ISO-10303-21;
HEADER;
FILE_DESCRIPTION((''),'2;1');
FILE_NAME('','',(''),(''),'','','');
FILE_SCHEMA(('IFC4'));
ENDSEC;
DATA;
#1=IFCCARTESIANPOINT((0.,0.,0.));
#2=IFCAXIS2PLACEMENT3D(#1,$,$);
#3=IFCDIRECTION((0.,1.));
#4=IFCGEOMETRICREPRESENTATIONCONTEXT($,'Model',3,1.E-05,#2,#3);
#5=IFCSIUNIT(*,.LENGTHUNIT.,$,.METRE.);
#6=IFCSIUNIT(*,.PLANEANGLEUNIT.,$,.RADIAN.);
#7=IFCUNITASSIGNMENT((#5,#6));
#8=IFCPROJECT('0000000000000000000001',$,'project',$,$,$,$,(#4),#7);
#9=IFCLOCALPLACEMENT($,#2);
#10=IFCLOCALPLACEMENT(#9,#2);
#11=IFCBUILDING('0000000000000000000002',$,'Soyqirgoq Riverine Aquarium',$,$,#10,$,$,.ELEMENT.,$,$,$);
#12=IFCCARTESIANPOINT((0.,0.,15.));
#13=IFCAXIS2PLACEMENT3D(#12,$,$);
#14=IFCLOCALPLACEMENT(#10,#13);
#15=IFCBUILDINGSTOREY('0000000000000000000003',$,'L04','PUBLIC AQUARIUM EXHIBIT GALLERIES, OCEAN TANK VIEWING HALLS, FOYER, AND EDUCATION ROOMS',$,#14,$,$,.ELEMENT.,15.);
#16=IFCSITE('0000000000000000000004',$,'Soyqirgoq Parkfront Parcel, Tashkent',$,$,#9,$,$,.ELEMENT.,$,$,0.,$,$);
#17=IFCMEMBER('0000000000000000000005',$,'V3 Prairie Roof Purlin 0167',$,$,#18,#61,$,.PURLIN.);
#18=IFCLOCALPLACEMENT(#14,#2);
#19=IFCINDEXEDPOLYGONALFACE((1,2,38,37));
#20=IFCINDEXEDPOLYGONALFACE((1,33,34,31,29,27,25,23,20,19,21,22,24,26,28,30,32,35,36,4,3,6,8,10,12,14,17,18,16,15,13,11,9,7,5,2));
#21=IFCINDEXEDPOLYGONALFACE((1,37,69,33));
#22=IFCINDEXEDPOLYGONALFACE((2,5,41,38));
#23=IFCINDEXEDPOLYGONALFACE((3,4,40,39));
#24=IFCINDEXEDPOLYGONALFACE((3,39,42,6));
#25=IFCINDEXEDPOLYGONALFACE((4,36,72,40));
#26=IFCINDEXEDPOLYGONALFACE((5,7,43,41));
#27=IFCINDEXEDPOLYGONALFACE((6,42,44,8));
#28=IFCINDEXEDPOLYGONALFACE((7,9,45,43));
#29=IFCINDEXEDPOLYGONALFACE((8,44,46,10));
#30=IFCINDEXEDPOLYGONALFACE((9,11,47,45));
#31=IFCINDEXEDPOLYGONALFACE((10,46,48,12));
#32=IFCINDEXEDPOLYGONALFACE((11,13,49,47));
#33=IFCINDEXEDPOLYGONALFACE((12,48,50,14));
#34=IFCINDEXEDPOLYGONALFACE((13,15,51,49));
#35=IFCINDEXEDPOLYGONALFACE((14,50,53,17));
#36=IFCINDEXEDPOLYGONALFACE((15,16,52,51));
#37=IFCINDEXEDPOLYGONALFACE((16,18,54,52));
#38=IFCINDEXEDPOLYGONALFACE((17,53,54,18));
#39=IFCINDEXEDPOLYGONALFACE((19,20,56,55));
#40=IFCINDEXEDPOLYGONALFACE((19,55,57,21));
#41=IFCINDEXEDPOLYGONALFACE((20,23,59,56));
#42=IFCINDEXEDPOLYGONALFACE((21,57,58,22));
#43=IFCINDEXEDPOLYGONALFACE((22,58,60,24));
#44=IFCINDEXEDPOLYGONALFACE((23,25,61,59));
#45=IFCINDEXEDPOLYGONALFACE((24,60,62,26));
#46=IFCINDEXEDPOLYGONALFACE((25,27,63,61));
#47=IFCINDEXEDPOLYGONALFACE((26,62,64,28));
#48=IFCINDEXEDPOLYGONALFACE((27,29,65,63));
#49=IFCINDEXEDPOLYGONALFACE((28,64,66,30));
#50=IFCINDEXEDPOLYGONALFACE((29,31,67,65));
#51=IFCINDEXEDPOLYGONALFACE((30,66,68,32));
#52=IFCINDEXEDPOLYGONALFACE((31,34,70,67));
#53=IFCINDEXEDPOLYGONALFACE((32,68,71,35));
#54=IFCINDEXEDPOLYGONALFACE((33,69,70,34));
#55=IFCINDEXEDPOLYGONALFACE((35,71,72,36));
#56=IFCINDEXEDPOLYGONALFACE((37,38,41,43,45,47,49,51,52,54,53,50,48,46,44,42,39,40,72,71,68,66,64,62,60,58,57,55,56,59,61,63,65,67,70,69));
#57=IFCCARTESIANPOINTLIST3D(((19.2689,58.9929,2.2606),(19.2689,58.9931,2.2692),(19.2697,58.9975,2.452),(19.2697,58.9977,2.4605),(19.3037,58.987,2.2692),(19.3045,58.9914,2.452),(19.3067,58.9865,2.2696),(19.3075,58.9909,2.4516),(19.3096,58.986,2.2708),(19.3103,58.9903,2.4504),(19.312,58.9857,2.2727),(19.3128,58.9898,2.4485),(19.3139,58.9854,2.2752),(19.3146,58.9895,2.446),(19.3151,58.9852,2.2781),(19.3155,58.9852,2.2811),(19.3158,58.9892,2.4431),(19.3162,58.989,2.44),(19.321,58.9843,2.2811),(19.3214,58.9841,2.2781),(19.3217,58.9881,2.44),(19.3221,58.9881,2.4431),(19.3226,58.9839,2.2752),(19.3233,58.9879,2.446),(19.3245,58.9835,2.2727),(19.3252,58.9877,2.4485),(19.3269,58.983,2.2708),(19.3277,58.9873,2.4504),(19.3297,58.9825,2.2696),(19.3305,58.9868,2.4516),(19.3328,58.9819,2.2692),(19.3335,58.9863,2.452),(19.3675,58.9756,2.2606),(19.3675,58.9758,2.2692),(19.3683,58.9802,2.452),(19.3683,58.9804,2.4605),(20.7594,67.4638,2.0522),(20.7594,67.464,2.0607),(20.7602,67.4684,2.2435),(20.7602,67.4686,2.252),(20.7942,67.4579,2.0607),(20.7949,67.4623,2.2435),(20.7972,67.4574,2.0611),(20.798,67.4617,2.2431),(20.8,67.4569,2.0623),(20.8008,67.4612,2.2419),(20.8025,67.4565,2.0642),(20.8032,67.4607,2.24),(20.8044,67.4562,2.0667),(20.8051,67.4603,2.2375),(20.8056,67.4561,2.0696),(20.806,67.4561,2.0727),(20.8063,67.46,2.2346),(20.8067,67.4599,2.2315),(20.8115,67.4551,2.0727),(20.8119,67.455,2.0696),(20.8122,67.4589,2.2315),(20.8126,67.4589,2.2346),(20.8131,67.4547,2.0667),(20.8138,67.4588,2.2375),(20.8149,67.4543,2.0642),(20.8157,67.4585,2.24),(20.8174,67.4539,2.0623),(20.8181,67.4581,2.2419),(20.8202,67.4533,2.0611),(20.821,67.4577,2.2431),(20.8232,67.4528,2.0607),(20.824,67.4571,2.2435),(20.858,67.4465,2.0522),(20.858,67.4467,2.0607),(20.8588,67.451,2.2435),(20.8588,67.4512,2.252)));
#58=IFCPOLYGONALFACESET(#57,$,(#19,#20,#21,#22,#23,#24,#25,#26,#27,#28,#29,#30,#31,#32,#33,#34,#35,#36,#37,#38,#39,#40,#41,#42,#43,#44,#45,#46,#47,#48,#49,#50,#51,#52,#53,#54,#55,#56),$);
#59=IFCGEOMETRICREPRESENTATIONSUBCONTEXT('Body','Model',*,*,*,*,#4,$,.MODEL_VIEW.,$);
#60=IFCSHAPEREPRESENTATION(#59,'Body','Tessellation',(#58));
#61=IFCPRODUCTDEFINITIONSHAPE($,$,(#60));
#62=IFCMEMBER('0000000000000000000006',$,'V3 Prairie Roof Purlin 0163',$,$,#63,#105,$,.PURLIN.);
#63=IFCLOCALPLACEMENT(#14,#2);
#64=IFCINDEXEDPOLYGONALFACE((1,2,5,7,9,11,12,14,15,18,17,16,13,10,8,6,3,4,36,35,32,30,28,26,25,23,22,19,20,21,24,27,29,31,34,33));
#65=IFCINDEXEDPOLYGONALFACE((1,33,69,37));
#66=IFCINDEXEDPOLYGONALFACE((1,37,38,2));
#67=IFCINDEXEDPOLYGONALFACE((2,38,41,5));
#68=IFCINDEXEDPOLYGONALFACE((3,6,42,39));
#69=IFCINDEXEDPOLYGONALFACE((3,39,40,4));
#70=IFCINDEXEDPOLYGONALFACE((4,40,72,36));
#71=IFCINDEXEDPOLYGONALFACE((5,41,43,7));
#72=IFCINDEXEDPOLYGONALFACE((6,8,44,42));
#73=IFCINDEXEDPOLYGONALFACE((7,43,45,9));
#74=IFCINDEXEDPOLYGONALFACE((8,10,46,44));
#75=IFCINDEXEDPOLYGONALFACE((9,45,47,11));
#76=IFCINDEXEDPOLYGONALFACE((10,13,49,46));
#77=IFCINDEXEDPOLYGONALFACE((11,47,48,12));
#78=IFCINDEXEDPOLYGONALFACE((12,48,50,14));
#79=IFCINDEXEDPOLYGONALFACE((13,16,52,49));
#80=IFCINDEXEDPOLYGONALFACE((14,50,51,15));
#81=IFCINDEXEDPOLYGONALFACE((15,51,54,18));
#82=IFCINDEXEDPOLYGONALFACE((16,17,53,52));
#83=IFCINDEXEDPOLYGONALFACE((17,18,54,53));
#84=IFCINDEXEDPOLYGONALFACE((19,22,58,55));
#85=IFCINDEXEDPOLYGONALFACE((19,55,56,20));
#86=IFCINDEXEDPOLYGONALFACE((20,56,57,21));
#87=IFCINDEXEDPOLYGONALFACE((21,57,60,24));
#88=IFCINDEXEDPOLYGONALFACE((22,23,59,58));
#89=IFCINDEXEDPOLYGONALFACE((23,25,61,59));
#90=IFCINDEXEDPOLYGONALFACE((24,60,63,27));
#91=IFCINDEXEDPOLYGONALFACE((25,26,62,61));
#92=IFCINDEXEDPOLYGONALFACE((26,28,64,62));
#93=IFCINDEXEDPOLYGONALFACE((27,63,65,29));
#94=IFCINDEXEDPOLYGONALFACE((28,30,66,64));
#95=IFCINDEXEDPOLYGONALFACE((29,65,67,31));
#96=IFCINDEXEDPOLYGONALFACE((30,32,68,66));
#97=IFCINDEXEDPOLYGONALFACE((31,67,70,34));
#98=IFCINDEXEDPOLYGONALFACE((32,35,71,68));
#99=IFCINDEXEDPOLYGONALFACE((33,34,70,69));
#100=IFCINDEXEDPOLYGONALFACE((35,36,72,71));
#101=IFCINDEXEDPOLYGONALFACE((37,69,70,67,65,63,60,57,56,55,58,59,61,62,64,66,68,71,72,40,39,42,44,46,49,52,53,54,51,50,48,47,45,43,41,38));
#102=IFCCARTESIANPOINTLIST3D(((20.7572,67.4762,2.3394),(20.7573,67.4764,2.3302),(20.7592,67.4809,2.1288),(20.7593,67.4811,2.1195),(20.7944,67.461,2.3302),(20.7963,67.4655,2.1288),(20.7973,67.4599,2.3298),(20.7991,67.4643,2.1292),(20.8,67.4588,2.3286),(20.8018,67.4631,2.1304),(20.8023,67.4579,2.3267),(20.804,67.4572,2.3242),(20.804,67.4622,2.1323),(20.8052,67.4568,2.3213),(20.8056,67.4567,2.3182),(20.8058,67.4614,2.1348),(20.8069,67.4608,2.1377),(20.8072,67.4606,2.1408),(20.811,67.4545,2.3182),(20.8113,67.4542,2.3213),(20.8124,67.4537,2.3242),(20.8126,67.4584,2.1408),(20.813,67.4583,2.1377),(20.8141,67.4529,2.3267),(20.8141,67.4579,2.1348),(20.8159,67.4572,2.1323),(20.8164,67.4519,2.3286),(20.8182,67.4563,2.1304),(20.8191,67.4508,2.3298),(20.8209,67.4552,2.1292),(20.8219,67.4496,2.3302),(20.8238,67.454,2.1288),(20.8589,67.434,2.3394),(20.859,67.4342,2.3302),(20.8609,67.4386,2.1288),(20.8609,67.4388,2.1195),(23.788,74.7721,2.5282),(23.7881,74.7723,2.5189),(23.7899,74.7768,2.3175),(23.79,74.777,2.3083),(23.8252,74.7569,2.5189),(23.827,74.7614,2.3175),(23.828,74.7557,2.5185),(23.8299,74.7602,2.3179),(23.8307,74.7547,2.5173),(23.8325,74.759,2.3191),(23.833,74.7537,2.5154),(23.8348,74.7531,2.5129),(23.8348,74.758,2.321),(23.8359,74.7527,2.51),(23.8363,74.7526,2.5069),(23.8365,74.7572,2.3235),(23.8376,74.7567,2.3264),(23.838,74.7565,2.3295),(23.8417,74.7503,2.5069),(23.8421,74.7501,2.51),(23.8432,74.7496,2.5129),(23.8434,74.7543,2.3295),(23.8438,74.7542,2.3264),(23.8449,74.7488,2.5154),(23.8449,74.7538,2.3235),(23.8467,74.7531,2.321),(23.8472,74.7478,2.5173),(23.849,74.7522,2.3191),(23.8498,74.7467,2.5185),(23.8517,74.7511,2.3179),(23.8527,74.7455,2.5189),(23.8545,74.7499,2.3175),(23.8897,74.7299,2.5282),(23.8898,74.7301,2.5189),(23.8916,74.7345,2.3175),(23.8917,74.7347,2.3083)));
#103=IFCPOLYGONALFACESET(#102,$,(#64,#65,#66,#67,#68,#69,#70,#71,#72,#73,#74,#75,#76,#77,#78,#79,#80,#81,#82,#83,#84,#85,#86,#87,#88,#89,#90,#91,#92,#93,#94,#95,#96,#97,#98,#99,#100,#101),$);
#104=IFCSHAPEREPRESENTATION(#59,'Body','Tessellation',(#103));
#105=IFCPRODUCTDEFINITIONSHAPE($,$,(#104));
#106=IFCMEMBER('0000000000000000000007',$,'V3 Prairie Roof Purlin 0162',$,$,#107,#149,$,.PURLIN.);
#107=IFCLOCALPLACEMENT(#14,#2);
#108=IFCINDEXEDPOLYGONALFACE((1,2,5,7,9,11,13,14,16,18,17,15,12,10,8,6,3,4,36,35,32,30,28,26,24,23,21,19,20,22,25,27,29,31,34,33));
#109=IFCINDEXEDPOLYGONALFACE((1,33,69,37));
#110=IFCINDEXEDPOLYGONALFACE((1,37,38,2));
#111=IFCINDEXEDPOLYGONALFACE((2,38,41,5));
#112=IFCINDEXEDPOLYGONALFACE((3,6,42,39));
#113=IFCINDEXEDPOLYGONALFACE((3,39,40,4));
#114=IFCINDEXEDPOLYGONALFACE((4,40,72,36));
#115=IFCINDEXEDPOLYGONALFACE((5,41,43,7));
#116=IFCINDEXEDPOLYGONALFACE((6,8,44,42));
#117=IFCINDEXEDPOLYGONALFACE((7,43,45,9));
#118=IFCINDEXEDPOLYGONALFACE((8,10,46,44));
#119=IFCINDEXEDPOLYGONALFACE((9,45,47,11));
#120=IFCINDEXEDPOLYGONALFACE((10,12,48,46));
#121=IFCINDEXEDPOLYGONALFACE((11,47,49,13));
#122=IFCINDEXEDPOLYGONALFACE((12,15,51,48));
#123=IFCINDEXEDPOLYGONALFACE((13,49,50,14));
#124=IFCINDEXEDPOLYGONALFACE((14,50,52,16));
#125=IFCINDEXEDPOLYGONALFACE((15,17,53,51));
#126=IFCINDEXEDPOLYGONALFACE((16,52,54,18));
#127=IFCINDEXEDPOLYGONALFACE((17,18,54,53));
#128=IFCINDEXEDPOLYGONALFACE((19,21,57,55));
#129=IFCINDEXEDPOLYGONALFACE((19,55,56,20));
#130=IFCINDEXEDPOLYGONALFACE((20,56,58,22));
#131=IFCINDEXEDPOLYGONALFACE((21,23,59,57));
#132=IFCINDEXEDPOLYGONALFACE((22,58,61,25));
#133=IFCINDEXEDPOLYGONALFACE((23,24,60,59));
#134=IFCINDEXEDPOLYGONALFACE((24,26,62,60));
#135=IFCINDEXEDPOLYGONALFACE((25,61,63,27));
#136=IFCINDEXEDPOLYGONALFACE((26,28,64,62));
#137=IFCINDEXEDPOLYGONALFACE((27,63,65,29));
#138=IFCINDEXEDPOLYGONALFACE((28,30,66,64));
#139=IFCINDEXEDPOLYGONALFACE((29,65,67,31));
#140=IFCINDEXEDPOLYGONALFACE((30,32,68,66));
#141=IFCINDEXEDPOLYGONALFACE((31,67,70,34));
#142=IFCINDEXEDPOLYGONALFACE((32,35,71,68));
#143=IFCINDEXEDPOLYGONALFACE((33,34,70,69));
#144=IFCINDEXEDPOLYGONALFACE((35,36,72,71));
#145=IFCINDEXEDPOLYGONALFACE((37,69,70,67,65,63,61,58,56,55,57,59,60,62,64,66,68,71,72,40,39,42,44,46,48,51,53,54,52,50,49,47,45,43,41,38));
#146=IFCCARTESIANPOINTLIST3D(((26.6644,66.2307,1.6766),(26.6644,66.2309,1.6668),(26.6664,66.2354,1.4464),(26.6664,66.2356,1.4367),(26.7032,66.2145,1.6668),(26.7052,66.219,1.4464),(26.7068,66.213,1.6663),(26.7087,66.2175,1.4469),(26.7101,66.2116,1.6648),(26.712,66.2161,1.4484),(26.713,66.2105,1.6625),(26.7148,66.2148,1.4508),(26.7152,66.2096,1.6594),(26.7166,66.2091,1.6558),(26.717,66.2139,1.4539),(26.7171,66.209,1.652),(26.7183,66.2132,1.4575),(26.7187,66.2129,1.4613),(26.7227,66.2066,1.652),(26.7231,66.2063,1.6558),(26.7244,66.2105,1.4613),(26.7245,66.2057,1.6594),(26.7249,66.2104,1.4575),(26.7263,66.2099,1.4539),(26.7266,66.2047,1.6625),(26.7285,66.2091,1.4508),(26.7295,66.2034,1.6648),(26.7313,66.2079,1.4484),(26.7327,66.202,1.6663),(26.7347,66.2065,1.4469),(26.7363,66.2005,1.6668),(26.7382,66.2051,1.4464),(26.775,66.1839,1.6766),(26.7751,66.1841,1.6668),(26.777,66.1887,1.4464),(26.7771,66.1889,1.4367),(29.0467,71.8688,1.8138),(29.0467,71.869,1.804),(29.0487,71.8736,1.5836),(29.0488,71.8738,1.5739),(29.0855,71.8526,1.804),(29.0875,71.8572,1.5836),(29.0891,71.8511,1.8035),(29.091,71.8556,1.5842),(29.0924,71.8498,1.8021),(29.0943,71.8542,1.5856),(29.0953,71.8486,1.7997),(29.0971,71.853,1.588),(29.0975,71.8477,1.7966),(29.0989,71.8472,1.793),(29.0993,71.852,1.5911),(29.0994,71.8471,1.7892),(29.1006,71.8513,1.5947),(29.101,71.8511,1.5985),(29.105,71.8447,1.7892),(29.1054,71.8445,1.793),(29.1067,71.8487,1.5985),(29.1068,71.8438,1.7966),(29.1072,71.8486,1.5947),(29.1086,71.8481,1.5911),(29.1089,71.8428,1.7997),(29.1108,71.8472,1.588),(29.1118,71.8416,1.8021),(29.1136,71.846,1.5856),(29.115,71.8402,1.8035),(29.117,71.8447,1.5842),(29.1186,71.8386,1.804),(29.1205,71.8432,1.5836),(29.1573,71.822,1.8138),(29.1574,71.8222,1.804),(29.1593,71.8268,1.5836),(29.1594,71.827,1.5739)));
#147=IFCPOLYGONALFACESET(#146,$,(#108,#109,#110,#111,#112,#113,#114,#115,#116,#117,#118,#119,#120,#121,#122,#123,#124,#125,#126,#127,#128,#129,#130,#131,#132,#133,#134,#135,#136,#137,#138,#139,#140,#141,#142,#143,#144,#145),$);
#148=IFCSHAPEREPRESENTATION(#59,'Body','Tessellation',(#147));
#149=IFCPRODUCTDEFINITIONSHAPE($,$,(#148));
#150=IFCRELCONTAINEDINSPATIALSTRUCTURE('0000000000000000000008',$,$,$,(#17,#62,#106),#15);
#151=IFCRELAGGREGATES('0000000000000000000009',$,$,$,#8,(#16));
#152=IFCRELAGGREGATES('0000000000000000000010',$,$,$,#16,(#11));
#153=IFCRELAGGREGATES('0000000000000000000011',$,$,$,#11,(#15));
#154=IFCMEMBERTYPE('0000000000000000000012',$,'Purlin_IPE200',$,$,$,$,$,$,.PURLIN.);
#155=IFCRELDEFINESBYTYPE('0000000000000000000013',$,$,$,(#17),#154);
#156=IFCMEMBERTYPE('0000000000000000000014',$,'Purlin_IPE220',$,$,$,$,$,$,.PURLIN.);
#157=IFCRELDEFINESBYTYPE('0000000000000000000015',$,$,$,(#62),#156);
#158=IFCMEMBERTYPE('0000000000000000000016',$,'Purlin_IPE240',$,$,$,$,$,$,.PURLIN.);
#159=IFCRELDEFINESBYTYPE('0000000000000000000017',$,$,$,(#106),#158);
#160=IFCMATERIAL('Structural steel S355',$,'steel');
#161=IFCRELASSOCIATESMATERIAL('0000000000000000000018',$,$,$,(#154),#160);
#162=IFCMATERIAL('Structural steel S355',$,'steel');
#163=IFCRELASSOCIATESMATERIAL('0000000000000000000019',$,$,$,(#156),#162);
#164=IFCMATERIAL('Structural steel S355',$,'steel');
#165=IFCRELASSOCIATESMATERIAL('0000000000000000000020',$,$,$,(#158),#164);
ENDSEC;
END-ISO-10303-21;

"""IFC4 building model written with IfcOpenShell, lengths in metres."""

from ifc_helpers import new_model, si_unit, direction, frame, origin, origin_2d, place, context, subcontext, project, spatial, i_section, extrude, material, material_profile, profile_set, type_object, element, save


model = new_model("IFC4")

# Units and contexts
model_context = context("Model", 3, precision=1e-05, world=origin(), true_north=direction((0.0, 1.0)))
body_context = subcontext(model_context, "Body", "Model", "MODEL_VIEW")
ifc_project = project(units=[si_unit("LENGTHUNIT", "METRE"), si_unit("PLANEANGLEUNIT", "RADIAN")], contexts=[model_context])

# Site, building, storey
site_placement = place(None, origin())
site = spatial("IfcSite", under=ifc_project, at=site_placement, Name="Soyqirgoq Parkfront Parcel, Tashkent", CompositionType="ELEMENT", RefElevation=0.0)
building_placement = place(site_placement, origin())
building = spatial("IfcBuilding", under=site, at=building_placement, Name="Soyqirgoq Riverine Aquarium", CompositionType="ELEMENT")
storey_placement = place(building_placement, frame((0.0, 0.0, 15.0)))
storey = spatial("IfcBuildingStorey", under=building, at=storey_placement, Name="L04", Description="PUBLIC AQUARIUM EXHIBIT GALLERIES, OCEAN TANK VIEWING HALLS, FOYER, AND EDUCATION ROOMS", CompositionType="ELEMENT", Elevation=15.0)

# Members
ifc_material_1 = material(Name="Structural steel S355", Category="steel")
ifc_material_profile_1 = material_profile(ifc_material_1, i_section(OverallWidth=0.1001, OverallDepth=0.2, WebThickness=0.0056, FlangeThickness=0.0085, FilletRadius=0.012, at=origin_2d()), Name="IPE 200")
ifc_profile_set_1 = profile_set([ifc_material_profile_1], Name="Structural steel S355")
member_type_1 = type_object("IfcMemberType", Name="Purlin_IPE200", PredefinedType="PURLIN", material=ifc_profile_set_1)
member_1_placement = place(storey_placement, frame((20.8091, 67.4575, 2.1521), z_axis=(-0.173239, -0.984582, 0.024234), x_axis=(0.984871, -0.17329, 0.0)))
element("IfcMember", 1, at=member_1_placement, inside=storey, type_object=member_type_1, Name="V3 Prairie Roof Purlin 0167", PredefinedType="PURLIN", context=body_context, shape_type="SweptSolid", body=[
    extrude(i_section(OverallWidth=0.1001, OverallDepth=0.2, WebThickness=0.0056, FlangeThickness=0.0085, FilletRadius=0.012, at=origin_2d()), origin(), (0.0, 0.0, 1.0), 8.6035),
])
ifc_material_2 = material(Name="Structural steel S355", Category="steel")
ifc_material_profile_2 = material_profile(ifc_material_2, i_section(OverallWidth=0.1101, OverallDepth=0.22, WebThickness=0.0059, FlangeThickness=0.0093, FilletRadius=0.012, at=origin_2d()), Name="IPE 220")
ifc_profile_set_2 = profile_set([ifc_material_profile_2], Name="Structural steel S355")
member_type_2 = type_object("IfcMemberType", Name="Purlin_IPE220", PredefinedType="PURLIN", material=ifc_profile_set_2)
member_2_placement = place(storey_placement, frame((23.8398, 74.7534, 2.4182), z_axis=(-0.383514, -0.923226, -0.023881), x_axis=(0.92349, -0.383623, 0.0)))
element("IfcMember", 2, at=member_2_placement, inside=storey, type_object=member_type_2, Name="V3 Prairie Roof Purlin 0163", PredefinedType="PURLIN", context=body_context, shape_type="SweptSolid", body=[
    extrude(i_section(OverallWidth=0.1101, OverallDepth=0.22, WebThickness=0.0059, FlangeThickness=0.0093, FilletRadius=0.012, at=origin_2d()), origin(), (0.0, 0.0, 1.0), 7.9026),
])
ifc_material_3 = material(Name="Structural steel S355", Category="steel")
ifc_material_profile_3 = material_profile(ifc_material_3, i_section(OverallWidth=0.1201, OverallDepth=0.24, WebThickness=0.0061, FlangeThickness=0.0098, FilletRadius=0.0149, at=origin_2d()), Name="IPE 240")
ifc_profile_set_3 = profile_set([ifc_material_profile_3], Name="Structural steel S355")
member_type_3 = type_object("IfcMemberType", Name="Purlin_IPE240", PredefinedType="PURLIN", material=ifc_profile_set_3)
member_3_placement = place(storey_placement, frame((29.103, 71.8479, 1.6938), z_axis=(-0.389118, -0.920915, -0.022411), x_axis=(0.921147, -0.389216, 0.0)))
element("IfcMember", 3, at=member_3_placement, inside=storey, type_object=member_type_3, Name="V3 Prairie Roof Purlin 0162", PredefinedType="PURLIN", context=body_context, shape_type="SweptSolid", body=[
    extrude(i_section(OverallWidth=0.1201, OverallDepth=0.24, WebThickness=0.0061, FlangeThickness=0.0098, FilletRadius=0.0149, at=origin_2d()), origin(), (0.0, 0.0, 1.0), 6.1223),
])

save(model, "model.ifc")
